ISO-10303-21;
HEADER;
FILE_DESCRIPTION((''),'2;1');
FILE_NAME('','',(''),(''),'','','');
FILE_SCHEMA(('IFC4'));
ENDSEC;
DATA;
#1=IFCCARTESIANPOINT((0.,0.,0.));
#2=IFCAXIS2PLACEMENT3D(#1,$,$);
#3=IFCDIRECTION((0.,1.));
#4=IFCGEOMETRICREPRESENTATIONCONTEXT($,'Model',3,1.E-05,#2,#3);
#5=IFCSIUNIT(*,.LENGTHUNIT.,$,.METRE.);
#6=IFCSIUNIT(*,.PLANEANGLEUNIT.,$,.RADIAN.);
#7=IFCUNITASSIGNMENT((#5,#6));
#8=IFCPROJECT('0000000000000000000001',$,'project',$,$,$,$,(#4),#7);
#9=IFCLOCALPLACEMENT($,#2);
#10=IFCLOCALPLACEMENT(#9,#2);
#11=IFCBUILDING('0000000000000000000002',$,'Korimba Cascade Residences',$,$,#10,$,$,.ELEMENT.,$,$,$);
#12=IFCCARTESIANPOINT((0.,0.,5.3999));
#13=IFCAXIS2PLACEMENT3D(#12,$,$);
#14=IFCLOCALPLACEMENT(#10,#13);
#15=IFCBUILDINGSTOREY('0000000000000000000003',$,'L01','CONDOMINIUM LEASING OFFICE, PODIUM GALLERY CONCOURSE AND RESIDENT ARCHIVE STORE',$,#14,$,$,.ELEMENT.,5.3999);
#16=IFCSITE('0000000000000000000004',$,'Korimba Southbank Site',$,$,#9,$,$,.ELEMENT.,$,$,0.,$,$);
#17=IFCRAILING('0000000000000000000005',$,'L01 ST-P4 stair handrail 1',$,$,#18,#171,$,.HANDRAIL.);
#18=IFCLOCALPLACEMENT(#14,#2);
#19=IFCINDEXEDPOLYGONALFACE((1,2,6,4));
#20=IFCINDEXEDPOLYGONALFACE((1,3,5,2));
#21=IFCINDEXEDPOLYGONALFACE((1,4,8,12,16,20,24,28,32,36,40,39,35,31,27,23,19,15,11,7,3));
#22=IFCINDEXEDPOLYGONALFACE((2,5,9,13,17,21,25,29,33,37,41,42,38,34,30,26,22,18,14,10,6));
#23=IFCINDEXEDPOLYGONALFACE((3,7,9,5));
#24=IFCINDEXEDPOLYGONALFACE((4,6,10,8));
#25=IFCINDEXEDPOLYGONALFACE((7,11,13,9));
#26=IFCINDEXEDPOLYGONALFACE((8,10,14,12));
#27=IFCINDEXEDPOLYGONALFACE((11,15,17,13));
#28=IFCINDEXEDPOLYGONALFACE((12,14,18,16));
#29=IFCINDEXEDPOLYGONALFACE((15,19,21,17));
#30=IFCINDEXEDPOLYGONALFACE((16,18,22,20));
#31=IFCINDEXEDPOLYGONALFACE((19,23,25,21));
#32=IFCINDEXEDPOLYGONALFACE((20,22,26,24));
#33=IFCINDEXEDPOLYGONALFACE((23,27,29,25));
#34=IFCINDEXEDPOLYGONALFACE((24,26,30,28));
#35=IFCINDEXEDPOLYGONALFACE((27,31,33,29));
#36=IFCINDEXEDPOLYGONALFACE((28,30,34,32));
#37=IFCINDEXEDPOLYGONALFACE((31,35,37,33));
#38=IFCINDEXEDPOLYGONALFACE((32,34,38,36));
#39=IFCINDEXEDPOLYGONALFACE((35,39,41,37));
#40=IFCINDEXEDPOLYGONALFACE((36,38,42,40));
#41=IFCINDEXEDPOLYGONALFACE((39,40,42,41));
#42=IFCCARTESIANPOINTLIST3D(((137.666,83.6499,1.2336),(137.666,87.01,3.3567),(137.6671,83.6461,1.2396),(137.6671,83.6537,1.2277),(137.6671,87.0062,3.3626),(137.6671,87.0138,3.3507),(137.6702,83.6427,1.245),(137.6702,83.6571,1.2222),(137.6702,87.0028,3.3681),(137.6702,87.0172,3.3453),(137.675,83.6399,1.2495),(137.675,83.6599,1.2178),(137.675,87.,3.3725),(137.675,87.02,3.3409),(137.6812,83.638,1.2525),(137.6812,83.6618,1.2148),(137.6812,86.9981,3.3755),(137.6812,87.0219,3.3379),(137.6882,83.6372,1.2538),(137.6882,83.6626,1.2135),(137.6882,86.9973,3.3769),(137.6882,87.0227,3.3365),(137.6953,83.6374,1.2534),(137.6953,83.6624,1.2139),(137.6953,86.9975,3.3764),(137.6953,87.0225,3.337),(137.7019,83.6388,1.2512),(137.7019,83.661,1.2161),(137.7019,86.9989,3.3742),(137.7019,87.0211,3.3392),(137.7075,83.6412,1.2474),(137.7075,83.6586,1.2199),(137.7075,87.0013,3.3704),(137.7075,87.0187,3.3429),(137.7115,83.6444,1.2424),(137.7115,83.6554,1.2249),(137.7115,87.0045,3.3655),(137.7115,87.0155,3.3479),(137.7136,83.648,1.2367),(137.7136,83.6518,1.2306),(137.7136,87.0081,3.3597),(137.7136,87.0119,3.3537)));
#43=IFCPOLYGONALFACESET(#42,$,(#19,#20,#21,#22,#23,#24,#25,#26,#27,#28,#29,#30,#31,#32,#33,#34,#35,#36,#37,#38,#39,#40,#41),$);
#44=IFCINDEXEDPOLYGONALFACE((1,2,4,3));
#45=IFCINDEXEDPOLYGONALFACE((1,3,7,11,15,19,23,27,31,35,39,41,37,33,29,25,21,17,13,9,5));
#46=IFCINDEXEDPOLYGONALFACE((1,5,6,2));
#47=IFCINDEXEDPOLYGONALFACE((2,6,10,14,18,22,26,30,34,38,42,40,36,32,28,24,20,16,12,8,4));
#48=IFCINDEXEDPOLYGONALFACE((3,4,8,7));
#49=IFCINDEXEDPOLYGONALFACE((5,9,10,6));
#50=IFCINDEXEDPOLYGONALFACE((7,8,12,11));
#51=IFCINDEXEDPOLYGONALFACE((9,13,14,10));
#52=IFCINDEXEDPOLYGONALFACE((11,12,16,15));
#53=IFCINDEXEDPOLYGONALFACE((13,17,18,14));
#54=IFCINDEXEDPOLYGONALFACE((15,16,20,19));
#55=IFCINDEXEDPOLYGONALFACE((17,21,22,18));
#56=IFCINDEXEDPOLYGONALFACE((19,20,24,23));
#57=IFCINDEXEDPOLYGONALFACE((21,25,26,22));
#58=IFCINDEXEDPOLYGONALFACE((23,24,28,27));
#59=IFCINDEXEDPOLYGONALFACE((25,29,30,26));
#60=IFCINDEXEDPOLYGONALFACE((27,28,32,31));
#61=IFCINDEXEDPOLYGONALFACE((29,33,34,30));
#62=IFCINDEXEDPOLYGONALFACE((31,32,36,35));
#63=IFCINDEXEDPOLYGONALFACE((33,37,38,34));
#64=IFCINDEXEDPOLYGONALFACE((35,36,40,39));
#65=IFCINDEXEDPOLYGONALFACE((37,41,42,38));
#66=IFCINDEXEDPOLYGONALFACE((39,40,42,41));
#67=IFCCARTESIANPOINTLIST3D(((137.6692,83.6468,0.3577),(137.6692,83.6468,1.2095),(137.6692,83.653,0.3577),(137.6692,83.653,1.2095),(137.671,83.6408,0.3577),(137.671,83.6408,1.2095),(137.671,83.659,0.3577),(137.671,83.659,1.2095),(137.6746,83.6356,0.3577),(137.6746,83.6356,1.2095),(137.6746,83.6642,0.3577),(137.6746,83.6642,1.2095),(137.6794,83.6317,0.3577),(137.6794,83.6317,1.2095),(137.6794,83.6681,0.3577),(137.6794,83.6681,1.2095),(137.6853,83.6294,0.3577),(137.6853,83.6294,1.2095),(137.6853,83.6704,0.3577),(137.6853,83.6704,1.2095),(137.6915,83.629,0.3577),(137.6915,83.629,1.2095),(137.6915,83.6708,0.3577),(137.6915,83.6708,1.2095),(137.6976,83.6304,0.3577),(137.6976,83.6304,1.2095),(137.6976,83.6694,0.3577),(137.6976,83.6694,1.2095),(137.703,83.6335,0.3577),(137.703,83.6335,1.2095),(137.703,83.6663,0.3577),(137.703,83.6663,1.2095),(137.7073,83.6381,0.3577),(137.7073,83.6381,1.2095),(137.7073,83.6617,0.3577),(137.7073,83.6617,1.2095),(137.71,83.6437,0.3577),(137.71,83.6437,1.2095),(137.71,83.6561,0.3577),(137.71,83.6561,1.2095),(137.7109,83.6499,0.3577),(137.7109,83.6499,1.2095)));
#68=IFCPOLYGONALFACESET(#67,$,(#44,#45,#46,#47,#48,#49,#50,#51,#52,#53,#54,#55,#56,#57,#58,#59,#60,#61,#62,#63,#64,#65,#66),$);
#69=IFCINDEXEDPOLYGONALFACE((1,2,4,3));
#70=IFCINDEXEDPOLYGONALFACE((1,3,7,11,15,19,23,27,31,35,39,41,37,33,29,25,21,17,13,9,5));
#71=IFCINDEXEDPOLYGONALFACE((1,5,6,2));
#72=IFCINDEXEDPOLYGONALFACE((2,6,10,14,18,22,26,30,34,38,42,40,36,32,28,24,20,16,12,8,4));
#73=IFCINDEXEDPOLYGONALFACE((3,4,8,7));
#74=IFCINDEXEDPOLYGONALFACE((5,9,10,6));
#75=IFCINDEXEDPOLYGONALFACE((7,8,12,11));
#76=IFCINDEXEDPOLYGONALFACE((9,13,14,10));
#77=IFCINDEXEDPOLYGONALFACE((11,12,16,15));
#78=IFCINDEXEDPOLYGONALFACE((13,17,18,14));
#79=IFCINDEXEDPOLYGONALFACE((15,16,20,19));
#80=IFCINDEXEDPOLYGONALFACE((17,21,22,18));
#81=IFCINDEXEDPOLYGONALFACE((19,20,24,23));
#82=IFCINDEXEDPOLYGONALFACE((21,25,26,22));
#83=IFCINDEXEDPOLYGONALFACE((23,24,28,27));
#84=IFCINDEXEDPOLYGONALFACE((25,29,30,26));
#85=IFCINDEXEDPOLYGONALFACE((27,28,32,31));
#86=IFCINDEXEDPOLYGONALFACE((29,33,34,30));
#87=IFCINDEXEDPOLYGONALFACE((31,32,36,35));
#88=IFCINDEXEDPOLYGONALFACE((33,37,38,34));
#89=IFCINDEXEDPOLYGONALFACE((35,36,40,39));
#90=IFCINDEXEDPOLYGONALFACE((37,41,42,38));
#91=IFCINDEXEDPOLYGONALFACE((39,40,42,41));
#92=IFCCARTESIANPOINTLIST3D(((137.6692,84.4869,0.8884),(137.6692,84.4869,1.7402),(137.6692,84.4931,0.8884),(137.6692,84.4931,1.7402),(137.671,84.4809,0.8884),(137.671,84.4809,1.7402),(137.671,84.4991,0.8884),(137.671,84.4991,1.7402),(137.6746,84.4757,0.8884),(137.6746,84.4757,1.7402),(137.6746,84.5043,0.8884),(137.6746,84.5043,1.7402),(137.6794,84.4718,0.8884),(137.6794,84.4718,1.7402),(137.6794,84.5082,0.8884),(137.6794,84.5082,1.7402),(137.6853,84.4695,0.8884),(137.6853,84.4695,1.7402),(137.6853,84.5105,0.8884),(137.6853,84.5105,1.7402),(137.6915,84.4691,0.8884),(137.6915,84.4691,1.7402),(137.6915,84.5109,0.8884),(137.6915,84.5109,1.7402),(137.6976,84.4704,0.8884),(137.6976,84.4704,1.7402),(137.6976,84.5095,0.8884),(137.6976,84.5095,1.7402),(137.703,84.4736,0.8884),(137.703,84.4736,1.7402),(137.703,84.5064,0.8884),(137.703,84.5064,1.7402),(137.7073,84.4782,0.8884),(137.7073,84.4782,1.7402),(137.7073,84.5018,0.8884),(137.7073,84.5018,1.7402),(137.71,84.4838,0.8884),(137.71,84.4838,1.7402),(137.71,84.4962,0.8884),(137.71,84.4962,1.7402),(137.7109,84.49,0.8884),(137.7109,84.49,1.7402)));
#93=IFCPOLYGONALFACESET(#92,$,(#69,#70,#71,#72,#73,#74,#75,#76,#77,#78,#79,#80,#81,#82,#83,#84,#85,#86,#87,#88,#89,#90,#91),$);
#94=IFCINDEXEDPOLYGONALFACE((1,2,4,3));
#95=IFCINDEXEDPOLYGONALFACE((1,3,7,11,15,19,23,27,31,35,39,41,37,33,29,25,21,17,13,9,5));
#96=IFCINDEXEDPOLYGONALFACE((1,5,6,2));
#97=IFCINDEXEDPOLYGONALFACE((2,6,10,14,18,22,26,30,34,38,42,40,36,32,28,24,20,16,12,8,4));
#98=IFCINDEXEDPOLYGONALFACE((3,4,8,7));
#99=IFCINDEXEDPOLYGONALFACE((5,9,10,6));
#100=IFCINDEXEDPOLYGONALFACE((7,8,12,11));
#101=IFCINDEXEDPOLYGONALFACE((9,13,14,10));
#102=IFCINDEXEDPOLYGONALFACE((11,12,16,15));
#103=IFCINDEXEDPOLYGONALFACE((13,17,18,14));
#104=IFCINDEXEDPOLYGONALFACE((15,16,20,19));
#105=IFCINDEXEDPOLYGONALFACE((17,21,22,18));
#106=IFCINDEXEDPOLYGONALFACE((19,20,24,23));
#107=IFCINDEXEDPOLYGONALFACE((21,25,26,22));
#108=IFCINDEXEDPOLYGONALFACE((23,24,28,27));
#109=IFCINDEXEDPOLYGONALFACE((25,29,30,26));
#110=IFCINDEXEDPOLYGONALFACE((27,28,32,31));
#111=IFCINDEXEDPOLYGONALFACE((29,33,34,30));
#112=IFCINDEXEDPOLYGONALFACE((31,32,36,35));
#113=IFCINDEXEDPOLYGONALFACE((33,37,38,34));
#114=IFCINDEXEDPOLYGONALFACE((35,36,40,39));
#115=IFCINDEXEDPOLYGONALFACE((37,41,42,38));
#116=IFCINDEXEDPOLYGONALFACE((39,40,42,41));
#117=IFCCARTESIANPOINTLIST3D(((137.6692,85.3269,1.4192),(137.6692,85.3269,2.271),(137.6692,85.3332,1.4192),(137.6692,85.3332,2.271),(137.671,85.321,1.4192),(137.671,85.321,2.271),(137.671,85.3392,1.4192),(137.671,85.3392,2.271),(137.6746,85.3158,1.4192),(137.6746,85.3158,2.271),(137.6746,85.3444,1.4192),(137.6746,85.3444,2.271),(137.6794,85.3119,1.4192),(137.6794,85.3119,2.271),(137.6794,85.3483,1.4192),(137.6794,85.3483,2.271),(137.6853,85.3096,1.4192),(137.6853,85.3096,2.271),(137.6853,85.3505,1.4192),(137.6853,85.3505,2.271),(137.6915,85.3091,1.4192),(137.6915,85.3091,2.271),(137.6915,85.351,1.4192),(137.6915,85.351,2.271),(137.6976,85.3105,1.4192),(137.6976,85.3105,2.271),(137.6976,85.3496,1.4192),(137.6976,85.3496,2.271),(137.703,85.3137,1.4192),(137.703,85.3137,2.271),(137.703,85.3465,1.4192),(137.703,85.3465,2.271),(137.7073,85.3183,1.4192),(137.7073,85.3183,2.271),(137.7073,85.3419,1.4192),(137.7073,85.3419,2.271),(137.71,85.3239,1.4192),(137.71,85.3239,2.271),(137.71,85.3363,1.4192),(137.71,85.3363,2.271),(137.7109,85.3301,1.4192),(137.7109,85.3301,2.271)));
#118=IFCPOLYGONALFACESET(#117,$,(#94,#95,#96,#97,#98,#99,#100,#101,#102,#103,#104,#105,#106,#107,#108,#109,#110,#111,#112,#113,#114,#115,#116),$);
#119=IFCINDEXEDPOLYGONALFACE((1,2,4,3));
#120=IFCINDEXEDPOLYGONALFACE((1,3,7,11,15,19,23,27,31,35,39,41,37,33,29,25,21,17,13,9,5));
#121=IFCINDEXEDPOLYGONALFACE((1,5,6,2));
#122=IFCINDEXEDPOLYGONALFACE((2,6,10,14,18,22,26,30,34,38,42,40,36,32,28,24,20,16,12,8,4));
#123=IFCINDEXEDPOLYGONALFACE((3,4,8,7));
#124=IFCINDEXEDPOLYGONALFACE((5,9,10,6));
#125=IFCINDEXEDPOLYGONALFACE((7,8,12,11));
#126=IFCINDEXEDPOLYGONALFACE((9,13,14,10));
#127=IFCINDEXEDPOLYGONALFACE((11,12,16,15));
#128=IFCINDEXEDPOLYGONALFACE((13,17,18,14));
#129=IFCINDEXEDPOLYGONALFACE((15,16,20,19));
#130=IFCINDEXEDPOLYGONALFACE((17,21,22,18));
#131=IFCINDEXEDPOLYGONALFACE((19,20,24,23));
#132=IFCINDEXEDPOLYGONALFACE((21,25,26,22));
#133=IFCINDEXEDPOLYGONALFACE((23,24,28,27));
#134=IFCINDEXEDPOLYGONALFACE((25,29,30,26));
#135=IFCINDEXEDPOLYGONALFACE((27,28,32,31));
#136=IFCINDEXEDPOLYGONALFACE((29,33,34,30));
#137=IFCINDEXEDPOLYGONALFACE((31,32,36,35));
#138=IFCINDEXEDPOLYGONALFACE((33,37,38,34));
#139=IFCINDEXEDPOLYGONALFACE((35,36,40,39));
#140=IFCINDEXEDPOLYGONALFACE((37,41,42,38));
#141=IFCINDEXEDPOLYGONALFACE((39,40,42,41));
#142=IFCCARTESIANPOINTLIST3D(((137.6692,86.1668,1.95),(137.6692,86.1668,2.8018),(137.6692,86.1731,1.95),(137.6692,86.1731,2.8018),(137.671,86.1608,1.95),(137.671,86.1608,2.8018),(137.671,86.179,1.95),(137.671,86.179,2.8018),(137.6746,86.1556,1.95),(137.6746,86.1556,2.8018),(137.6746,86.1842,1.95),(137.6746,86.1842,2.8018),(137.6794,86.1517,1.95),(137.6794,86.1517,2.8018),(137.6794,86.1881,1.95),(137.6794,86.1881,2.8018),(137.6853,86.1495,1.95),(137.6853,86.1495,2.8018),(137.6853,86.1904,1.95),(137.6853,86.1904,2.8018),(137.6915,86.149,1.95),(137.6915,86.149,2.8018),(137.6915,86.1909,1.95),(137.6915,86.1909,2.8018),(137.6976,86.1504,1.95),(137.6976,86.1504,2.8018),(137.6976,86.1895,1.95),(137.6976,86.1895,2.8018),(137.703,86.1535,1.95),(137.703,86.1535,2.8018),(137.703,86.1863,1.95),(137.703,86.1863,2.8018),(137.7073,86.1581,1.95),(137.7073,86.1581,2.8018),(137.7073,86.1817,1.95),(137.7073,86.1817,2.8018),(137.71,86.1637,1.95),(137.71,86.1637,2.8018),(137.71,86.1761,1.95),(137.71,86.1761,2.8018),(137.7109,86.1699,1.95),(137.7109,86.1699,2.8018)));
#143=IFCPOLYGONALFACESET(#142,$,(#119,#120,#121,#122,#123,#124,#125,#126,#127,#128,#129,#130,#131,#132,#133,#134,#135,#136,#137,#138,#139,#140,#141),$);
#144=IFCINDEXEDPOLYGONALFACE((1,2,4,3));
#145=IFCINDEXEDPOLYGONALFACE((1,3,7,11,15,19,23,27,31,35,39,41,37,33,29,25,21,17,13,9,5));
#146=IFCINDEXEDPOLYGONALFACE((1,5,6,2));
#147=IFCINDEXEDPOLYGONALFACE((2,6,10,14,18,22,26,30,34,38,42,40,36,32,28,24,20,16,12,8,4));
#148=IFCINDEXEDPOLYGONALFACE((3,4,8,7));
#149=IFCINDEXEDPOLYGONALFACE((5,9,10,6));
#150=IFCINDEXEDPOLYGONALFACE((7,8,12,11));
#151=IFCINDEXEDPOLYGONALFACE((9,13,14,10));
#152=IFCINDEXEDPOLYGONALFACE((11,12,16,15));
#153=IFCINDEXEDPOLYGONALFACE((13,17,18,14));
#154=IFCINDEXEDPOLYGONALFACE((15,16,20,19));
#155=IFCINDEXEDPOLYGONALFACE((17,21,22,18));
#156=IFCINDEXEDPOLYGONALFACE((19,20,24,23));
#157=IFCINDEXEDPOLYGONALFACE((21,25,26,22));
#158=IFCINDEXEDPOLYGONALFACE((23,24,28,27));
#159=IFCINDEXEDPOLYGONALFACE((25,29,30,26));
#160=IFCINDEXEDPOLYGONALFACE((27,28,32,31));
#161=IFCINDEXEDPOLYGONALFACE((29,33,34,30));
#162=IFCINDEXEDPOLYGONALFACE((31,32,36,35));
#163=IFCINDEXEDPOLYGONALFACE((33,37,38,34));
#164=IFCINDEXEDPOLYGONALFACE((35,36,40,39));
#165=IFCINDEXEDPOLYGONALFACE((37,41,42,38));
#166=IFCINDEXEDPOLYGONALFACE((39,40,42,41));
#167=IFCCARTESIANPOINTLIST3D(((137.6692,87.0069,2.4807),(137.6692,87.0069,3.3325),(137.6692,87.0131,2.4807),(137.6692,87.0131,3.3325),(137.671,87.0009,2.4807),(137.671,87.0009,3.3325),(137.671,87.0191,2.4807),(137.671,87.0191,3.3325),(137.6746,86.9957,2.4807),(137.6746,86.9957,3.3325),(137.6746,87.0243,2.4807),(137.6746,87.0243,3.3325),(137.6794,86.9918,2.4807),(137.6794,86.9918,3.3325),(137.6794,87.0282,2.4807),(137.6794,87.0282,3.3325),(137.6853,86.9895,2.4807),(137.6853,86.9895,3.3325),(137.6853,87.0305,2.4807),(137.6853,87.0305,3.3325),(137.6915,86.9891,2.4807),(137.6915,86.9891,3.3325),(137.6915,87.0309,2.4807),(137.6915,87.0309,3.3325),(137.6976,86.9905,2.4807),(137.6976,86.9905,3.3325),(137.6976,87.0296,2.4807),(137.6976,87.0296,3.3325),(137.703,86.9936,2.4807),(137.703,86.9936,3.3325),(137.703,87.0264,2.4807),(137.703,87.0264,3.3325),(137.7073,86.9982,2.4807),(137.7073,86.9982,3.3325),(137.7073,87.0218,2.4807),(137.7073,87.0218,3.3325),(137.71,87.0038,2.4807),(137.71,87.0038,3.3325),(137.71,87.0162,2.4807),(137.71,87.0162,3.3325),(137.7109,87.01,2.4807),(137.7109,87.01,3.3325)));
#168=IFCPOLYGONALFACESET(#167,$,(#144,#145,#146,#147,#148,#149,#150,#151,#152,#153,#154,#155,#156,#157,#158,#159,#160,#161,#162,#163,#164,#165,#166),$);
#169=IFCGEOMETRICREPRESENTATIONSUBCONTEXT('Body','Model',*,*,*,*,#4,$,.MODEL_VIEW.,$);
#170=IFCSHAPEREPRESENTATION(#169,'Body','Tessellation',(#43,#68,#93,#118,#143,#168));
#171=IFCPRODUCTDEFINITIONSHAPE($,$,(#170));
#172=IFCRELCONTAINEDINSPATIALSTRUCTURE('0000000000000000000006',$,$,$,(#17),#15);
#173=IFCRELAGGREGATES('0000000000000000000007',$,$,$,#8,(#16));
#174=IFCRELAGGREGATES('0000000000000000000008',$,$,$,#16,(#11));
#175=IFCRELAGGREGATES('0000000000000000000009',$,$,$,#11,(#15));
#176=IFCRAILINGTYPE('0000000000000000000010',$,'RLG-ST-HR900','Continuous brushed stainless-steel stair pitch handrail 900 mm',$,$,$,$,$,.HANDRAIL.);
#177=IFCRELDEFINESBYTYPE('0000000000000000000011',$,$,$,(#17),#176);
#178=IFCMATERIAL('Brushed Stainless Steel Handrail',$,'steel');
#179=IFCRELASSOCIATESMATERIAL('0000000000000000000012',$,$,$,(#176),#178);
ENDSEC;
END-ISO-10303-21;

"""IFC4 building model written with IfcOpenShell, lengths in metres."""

from ifc_helpers import new_model, si_unit, direction, frame, origin, origin_2d, place, context, subcontext, project, spatial, circle, extrude, material, type_object, element, save


model = new_model("IFC4")

# Units and contexts
model_context = context("Model", 3, precision=1e-05, world=origin(), true_north=direction((0.0, 1.0)))
body_context = subcontext(model_context, "Body", "Model", "MODEL_VIEW")
ifc_project = project(units=[si_unit("LENGTHUNIT", "METRE"), si_unit("PLANEANGLEUNIT", "RADIAN")], contexts=[model_context])

# Site, building, storey
site_placement = place(None, origin())
site = spatial("IfcSite", under=ifc_project, at=site_placement, Name="Korimba Southbank Site", CompositionType="ELEMENT", RefElevation=0.0)
building_placement = place(site_placement, origin())
building = spatial("IfcBuilding", under=site, at=building_placement, Name="Korimba Cascade Residences", CompositionType="ELEMENT")
storey_placement = place(building_placement, frame((0.0, 0.0, 5.3999)))
storey = spatial("IfcBuildingStorey", under=building, at=storey_placement, Name="L01", Description="CONDOMINIUM LEASING OFFICE, PODIUM GALLERY CONCOURSE AND RESIDENT ARCHIVE STORE", CompositionType="ELEMENT", Elevation=5.3999)

# Railing
ifc_material_1 = material(Name="Brushed Stainless Steel Handrail", Category="steel")
railing_type_1 = type_object("IfcRailingType", Name="RLG-ST-HR900", Description="Continuous brushed stainless-steel stair pitch handrail 900 mm", PredefinedType="HANDRAIL", material=ifc_material_1)
railing_1_placement = place(storey_placement, frame((137.6899, 83.6499, 0.3577)))
element("IfcRailing", 1, at=railing_1_placement, inside=storey, type_object=railing_type_1, Name="L01 ST-P4 stair handrail 1", PredefinedType="HANDRAIL", context=body_context, shape_type="SweptSolid", body=[
    extrude(circle(Radius=0.0239, at=origin_2d()), frame((0.0, 0.0, 0.876), z_axis=(0.0, 0.84539, 0.53415), x_axis=(-1.0, 0.0, 0.0)), (0.0, 0.0, 1.0), 3.9746),
    extrude(circle(Radius=0.021, at=origin_2d()), origin(), (0.0, 0.0, 1.0), 0.8518),
    extrude(circle(Radius=0.021, at=origin_2d()), frame((0.0, 0.8401, 0.5308)), (0.0, 0.0, 1.0), 0.8518),
    extrude(circle(Radius=0.021, at=origin_2d()), frame((0.0, 1.6802, 1.0615)), (0.0, 0.0, 1.0), 0.8518),
    extrude(circle(Radius=0.021, at=origin_2d()), frame((0.0, 2.52, 1.5923)), (0.0, 0.0, 1.0), 0.8518),
    extrude(circle(Radius=0.021, at=origin_2d()), frame((0.0, 3.3601, 2.123)), (0.0, 0.0, 1.0), 0.8518),
])

save(model, "model.ifc")
